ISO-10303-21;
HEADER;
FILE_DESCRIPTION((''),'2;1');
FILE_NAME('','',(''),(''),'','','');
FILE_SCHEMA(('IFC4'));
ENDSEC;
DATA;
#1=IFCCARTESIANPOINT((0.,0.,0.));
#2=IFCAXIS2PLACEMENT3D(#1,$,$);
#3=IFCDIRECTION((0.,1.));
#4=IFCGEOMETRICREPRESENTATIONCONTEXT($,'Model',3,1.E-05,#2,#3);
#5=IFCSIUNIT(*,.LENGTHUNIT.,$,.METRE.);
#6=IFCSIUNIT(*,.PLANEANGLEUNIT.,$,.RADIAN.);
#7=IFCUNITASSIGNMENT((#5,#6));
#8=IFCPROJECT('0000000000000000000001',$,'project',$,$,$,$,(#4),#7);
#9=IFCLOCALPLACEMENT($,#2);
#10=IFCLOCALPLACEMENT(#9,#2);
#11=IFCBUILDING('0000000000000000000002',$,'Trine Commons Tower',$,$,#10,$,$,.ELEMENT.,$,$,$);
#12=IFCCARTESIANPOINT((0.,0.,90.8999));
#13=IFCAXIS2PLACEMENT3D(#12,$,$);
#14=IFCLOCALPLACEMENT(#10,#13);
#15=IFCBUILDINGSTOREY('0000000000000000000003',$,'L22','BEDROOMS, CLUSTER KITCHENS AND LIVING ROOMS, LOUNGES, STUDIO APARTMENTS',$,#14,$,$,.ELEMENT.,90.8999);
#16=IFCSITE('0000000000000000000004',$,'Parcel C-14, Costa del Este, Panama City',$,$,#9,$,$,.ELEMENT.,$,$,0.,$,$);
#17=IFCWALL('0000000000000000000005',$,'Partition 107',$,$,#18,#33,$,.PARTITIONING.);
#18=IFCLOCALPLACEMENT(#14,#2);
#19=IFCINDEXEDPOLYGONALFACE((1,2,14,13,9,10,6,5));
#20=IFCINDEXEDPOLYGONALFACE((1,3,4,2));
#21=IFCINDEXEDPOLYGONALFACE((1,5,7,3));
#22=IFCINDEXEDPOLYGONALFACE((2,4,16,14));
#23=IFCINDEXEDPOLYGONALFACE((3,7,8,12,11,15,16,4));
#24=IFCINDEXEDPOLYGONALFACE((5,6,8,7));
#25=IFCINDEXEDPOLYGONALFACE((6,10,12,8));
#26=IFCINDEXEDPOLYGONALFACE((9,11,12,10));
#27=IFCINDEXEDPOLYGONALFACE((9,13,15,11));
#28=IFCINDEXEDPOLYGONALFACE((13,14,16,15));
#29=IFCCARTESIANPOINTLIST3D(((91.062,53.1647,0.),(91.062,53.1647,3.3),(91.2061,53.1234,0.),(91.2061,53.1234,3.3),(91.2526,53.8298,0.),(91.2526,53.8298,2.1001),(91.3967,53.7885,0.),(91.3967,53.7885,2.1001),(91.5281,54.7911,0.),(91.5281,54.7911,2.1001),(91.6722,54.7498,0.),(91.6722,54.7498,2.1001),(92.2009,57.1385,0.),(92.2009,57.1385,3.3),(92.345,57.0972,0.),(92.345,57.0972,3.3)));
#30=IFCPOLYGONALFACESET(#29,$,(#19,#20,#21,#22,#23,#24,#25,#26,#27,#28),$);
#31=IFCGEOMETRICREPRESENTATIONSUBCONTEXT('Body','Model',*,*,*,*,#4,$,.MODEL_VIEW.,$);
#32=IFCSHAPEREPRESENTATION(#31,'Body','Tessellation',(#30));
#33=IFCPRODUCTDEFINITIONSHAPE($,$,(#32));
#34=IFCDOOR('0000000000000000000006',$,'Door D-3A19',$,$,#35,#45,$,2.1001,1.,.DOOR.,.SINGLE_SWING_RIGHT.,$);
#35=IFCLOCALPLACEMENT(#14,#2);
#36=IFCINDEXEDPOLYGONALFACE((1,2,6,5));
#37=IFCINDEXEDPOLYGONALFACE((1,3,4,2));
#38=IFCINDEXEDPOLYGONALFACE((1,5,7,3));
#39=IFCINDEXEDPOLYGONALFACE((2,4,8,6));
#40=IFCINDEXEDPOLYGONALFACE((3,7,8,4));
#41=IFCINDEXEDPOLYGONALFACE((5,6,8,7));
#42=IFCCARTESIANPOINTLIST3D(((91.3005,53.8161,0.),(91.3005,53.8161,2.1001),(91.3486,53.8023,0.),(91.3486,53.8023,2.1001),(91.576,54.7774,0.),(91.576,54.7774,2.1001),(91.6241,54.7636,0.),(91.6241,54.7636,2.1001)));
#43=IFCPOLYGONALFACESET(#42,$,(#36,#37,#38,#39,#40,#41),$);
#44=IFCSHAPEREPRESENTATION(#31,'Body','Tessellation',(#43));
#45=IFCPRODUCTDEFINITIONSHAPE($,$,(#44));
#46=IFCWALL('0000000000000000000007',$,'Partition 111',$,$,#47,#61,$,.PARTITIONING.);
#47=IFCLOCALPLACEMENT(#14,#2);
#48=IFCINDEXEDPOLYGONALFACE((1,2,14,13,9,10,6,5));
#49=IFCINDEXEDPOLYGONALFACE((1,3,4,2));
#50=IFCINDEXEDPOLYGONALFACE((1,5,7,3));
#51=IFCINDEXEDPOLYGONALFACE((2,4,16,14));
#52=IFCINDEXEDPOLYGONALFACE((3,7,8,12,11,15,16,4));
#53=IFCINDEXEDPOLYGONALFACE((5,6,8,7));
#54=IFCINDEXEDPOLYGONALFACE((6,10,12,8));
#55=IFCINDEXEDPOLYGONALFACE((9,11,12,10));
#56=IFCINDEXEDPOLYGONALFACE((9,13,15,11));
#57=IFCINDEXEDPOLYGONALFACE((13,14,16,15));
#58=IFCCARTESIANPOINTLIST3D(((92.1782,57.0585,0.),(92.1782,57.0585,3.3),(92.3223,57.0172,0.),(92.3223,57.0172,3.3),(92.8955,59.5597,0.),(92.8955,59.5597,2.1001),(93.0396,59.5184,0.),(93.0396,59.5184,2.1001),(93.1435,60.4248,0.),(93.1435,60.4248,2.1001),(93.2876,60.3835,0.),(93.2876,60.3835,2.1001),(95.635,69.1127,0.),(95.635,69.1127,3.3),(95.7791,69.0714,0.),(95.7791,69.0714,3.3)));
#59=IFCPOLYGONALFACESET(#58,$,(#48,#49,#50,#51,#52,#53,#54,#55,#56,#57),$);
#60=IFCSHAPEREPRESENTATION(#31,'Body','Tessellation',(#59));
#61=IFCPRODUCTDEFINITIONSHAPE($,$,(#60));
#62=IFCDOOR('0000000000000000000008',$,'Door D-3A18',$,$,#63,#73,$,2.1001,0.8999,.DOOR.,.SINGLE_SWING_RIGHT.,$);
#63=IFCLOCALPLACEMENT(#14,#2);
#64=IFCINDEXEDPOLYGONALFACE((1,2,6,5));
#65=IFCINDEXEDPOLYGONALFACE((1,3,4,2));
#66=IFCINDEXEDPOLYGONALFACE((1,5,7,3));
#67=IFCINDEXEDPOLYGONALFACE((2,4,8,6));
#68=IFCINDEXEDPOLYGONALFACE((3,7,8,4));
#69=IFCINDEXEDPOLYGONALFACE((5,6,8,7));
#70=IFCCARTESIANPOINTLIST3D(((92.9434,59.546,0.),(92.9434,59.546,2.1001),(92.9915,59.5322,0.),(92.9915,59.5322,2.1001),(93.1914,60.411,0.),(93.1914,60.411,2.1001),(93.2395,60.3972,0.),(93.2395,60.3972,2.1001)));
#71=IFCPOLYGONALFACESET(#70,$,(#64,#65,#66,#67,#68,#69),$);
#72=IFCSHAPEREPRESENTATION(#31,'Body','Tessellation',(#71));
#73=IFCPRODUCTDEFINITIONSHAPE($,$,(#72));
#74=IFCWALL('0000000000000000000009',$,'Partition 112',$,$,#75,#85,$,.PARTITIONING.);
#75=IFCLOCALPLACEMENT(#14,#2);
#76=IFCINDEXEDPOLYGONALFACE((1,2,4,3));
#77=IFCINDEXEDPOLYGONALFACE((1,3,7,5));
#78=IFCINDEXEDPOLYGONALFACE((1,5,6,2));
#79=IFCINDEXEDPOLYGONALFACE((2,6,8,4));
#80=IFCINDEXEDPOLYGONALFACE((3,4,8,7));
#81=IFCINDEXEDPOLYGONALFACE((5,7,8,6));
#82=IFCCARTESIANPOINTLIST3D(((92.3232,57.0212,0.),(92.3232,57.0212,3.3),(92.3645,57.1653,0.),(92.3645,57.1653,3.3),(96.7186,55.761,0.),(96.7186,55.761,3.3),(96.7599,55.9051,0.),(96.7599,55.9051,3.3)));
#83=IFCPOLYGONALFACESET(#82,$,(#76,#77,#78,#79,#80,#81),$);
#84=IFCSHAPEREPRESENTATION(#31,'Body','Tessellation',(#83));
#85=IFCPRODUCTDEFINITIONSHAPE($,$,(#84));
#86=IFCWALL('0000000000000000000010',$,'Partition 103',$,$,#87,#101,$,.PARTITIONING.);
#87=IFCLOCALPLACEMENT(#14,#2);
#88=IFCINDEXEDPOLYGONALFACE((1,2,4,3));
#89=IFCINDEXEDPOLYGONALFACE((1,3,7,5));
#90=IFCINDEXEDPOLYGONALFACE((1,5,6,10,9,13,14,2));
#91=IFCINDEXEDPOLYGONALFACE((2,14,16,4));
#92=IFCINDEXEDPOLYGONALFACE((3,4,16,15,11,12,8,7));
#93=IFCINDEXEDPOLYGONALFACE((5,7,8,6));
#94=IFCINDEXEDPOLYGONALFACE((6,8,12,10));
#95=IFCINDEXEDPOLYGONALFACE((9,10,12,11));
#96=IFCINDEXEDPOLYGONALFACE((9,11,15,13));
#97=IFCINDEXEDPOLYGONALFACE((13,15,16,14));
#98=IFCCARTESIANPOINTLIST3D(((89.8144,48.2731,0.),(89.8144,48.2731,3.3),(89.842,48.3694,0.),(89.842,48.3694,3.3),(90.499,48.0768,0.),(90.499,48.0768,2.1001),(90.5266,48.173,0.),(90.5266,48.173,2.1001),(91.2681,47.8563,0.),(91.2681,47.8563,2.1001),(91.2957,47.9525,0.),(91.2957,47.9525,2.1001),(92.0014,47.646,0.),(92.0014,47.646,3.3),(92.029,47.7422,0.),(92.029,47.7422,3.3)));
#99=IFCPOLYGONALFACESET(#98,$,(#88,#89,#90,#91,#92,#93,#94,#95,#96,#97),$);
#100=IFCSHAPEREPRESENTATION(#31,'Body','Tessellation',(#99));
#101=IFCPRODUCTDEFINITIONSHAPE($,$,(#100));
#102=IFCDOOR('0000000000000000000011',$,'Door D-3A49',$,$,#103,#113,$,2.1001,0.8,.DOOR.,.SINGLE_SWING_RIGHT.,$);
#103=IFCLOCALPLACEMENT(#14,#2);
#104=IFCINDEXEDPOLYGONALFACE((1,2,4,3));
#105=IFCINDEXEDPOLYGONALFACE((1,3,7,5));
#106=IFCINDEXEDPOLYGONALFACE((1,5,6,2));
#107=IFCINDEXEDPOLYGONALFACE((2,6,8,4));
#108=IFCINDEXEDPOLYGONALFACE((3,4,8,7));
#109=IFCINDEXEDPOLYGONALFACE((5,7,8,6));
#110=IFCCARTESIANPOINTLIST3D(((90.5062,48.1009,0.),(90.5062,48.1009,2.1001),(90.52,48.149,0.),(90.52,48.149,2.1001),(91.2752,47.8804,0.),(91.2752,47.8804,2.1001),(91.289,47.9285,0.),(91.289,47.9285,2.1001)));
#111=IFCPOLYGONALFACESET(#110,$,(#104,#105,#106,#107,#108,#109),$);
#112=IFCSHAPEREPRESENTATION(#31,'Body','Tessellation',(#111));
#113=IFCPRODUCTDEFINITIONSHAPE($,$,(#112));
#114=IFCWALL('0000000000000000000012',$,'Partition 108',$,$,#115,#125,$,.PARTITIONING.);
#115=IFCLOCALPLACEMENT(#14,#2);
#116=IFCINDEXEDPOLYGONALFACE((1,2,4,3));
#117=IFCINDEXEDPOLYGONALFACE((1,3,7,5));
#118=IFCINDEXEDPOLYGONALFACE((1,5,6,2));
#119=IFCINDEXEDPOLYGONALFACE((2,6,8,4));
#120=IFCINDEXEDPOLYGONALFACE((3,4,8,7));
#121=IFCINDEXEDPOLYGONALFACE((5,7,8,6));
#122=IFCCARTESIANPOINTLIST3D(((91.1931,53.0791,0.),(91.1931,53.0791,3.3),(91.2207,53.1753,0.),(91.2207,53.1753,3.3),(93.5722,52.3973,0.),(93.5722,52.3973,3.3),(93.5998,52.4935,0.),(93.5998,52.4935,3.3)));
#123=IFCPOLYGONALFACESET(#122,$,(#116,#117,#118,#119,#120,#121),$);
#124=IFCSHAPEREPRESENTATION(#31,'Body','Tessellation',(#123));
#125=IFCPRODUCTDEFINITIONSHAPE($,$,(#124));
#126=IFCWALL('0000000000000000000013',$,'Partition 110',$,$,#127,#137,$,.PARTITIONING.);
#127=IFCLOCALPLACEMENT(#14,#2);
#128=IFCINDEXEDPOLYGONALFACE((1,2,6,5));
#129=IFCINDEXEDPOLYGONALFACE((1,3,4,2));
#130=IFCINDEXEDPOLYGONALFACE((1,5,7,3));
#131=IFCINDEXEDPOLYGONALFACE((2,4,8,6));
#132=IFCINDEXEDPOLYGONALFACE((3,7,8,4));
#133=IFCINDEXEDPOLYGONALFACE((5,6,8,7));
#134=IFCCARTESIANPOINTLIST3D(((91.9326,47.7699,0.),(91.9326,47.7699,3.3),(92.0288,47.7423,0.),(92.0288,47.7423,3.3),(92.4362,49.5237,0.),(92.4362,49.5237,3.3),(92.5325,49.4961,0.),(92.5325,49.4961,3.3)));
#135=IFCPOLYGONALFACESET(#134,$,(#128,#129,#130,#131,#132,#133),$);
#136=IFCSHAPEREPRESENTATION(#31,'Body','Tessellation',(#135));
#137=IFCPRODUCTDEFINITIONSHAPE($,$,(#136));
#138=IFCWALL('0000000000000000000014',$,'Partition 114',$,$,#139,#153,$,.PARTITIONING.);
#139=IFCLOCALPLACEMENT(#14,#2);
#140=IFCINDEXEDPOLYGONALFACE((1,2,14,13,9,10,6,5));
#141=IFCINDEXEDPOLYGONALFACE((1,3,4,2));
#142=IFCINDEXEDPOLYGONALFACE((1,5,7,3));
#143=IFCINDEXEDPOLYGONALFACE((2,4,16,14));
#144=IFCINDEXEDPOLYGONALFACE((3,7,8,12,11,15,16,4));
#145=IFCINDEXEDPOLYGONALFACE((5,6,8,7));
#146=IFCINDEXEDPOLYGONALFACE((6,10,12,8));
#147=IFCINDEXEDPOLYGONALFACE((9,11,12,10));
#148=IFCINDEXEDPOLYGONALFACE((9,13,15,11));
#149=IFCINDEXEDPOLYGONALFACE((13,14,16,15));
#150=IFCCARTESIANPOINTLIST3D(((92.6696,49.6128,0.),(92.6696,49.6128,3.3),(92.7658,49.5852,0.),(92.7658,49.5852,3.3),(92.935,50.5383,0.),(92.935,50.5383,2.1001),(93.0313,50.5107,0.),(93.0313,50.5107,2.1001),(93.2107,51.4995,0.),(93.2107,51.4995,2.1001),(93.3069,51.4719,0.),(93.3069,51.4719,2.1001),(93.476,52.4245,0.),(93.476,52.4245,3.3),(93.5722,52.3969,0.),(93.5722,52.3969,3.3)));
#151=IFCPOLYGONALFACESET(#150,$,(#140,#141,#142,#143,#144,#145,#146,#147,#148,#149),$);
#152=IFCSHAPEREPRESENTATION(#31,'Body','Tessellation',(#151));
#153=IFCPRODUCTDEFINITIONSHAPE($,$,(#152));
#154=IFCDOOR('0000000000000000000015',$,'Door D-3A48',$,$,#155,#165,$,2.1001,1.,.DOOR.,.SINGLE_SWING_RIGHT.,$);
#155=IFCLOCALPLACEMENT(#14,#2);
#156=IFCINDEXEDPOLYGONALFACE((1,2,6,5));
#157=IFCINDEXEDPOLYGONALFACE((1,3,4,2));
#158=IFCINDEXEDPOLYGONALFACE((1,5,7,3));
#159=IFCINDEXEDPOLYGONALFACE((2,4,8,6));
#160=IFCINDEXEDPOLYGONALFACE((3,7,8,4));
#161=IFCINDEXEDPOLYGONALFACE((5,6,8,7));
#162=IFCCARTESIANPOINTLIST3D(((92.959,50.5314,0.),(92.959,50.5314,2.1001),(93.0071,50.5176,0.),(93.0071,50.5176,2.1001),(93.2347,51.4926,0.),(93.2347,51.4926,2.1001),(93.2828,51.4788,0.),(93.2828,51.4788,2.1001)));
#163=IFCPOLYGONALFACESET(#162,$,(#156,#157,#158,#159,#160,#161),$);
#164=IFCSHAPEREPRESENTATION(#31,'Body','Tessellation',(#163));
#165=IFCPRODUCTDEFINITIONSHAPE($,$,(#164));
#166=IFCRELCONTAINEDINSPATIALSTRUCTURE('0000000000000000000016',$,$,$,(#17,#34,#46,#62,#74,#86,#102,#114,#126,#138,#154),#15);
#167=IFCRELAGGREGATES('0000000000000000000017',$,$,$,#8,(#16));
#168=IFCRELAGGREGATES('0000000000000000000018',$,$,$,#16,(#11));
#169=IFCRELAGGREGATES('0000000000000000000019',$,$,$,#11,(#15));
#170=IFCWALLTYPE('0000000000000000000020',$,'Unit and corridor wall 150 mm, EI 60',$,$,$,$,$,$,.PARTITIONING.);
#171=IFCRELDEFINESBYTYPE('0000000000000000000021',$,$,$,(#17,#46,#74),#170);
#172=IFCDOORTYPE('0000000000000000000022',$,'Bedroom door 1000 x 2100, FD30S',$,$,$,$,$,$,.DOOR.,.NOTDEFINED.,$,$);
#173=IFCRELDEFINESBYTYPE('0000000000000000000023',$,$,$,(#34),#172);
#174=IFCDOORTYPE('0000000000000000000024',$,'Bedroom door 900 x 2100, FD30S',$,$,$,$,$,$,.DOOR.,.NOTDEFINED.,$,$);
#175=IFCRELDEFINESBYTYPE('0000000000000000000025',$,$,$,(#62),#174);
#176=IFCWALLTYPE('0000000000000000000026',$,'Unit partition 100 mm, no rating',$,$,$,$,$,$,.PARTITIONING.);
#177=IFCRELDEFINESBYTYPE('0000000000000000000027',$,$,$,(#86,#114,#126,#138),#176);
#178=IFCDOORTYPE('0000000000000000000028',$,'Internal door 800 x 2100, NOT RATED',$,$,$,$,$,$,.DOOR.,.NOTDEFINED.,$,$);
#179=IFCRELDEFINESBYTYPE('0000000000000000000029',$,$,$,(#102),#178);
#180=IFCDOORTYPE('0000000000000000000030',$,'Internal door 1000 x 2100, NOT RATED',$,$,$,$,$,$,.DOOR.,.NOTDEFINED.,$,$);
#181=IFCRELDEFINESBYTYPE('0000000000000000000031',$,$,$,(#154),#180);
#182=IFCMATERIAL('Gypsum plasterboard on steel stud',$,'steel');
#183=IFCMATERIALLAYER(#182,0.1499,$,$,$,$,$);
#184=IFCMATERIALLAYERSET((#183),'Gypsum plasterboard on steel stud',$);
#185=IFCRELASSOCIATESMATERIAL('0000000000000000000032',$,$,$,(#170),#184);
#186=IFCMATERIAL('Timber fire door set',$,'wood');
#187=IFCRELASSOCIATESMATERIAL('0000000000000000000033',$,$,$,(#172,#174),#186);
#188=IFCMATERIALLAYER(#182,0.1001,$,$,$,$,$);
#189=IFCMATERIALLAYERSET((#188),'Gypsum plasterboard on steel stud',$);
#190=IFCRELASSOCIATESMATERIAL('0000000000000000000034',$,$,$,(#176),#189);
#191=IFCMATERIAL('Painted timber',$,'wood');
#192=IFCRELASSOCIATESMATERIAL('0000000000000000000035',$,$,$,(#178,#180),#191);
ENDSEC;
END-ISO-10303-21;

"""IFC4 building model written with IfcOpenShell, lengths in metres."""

from ifc_helpers import new_model, si_unit, direction, frame, frame_2d, origin, place, context, subcontext, project, spatial, rectangle, extrude, material, layer, layer_set, type_object, element, fill, save


model = new_model("IFC4")

# Units and contexts
model_context = context("Model", 3, precision=1e-05, world=origin(), true_north=direction((0.0, 1.0)))
body_context = subcontext(model_context, "Body", "Model", "MODEL_VIEW")
ifc_project = project(units=[si_unit("LENGTHUNIT", "METRE"), si_unit("PLANEANGLEUNIT", "RADIAN")], contexts=[model_context])

# Site, building, storey
site_placement = place(None, origin())
site = spatial("IfcSite", under=ifc_project, at=site_placement, Name="Parcel C-14, Costa del Este, Panama City", CompositionType="ELEMENT", RefElevation=0.0)
building_placement = place(site_placement, origin())
building = spatial("IfcBuilding", under=site, at=building_placement, Name="Trine Commons Tower", CompositionType="ELEMENT")
storey_placement = place(building_placement, frame((0.0, 0.0, 90.8999)))
storey = spatial("IfcBuildingStorey", under=building, at=storey_placement, Name="L22", Description="BEDROOMS, CLUSTER KITCHENS AND LIVING ROOMS, LOUNGES, STUDIO APARTMENTS", CompositionType="ELEMENT", Elevation=90.8999)

# Shared definitions
ifc_material_1 = material(Name="Gypsum plasterboard on steel stud", Category="steel")
ifc_layer_1 = layer(ifc_material_1, 0.1499)
ifc_layer_set_1 = layer_set([ifc_layer_1], Name="Gypsum plasterboard on steel stud")
wall_type_1 = type_object("IfcWallType", Name="Unit and corridor wall 150 mm, EI 60", PredefinedType="PARTITIONING", material=ifc_layer_set_1)

# Walls, openings, doors
wall_1_placement = place(storey_placement, frame((91.134, 53.144, 0.0), z_axis=(0.0, 0.0, 1.0), x_axis=(0.275509, 0.961299, 0.0)))
wall_1 = element("IfcWall", 1, at=wall_1_placement, inside=storey, type_object=wall_type_1, Name="Partition 107", PredefinedType="PARTITIONING", context=body_context, shape_type="SweptSolid", body=[
    extrude(rectangle(XDim=4.1338, YDim=0.1499, at=frame_2d((2.0669, 0.0))), origin(), (0.0, 0.0, 1.0), 3.3),
])
opening_1_placement = place(wall_1_placement, frame((0.6919, 0.0, 0.0)))
opening_1 = element("IfcOpeningElement", 2, at=opening_1_placement, cuts=wall_1, PredefinedType="OPENING", context=body_context, shape_type="SweptSolid", body=[
    extrude(rectangle(XDim=1.0, YDim=2.1001, at=frame_2d((0.5, 1.05))), frame((0.0, 0.085, 0.0), z_axis=(0.0, -1.0, 0.0), x_axis=(1.0, 0.0, 0.0)), (0.0, 0.0, 1.0), 0.1699),
])
ifc_material_2 = material(Name="Timber fire door set", Category="wood")
door_type_1 = type_object("IfcDoorType", Name="Bedroom door 1000 x 2100, FD30S", OperationType="NOTDEFINED", PredefinedType="DOOR", material=ifc_material_2)
door_1_placement = place(opening_1_placement, frame((1.0, 0.0, 0.0), z_axis=(0.0, 0.0, 1.0), x_axis=(-1.0, 0.0, 0.0)))
door_1 = element("IfcDoor", 3, at=door_1_placement, inside=storey, type_object=door_type_1, Name="Door D-3A19", OperationType="SINGLE_SWING_RIGHT", OverallHeight=2.1001, OverallWidth=1.0, PredefinedType="DOOR", context=body_context, shape_type="SweptSolid", body=[
    extrude(rectangle(XDim=1.0, YDim=2.1001, at=frame_2d((0.5, 1.05))), frame((0.0, 0.0249, 0.0), z_axis=(0.0, -1.0, 0.0), x_axis=(1.0, 0.0, 0.0)), (0.0, 0.0, 1.0), 0.05),
])
fill(opening_1, door_1)
wall_2_placement = place(storey_placement, frame((92.2502, 57.0378, 0.0), z_axis=(0.0, 0.0, 1.0), x_axis=(0.27566, 0.961255, 0.0)))
wall_2 = element("IfcWall", 4, at=wall_2_placement, inside=storey, type_object=wall_type_1, Name="Partition 111", PredefinedType="PARTITIONING", context=body_context, shape_type="SweptSolid", body=[
    extrude(rectangle(XDim=12.54, YDim=0.1499, at=frame_2d((6.27, 0.0))), origin(), (0.0, 0.0, 1.0), 3.3),
])
opening_2_placement = place(wall_2_placement, frame((2.6021, 0.0, 0.0)))
opening_2 = element("IfcOpeningElement", 5, at=opening_2_placement, cuts=wall_2, PredefinedType="OPENING", context=body_context, shape_type="SweptSolid", body=[
    extrude(rectangle(XDim=0.8999, YDim=2.1001, at=frame_2d((0.45, 1.05))), frame((0.0, 0.085, 0.0), z_axis=(0.0, -1.0, 0.0), x_axis=(1.0, 0.0, 0.0)), (0.0, 0.0, 1.0), 0.1699),
])
door_type_2 = type_object("IfcDoorType", Name="Bedroom door 900 x 2100, FD30S", OperationType="NOTDEFINED", PredefinedType="DOOR", material=ifc_material_2)
door_2_placement = place(opening_2_placement, frame((0.8999, 0.0, 0.0), z_axis=(0.0, 0.0, 1.0), x_axis=(-1.0, 0.0, 0.0)))
door_2 = element("IfcDoor", 6, at=door_2_placement, inside=storey, type_object=door_type_2, Name="Door D-3A18", OperationType="SINGLE_SWING_RIGHT", OverallHeight=2.1001, OverallWidth=0.8999, PredefinedType="DOOR", context=body_context, shape_type="SweptSolid", body=[
    extrude(rectangle(XDim=0.8999, YDim=2.1001, at=frame_2d((0.45, 1.05))), frame((0.0, 0.0249, 0.0), z_axis=(0.0, -1.0, 0.0), x_axis=(1.0, 0.0, 0.0)), (0.0, 0.0, 1.0), 0.05),
])
fill(opening_2, door_2)

# Wall
wall_3_placement = place(storey_placement, frame((92.344, 57.0933, 0.0), z_axis=(0.0, 0.0, 1.0), x_axis=(0.96127, -0.27561, 0.0)))
element("IfcWall", 7, at=wall_3_placement, inside=storey, type_object=wall_type_1, Name="Partition 112", PredefinedType="PARTITIONING", context=body_context, shape_type="SweptSolid", body=[
    extrude(rectangle(XDim=4.5725, YDim=0.1499, at=frame_2d((2.2861, 0.0))), origin(), (0.0, 0.0, 1.0), 3.3),
])

# Wall, opening, door
ifc_layer_2 = layer(ifc_material_1, 0.1001)
ifc_layer_set_2 = layer_set([ifc_layer_2], Name="Gypsum plasterboard on steel stud")
wall_type_2 = type_object("IfcWallType", Name="Unit partition 100 mm, no rating", PredefinedType="PARTITIONING", material=ifc_layer_set_2)
wall_4_placement = place(storey_placement, frame((89.8281, 48.3213, 0.0), z_axis=(0.0, 0.0, 1.0), x_axis=(0.961252, -0.275671, 0.0)))
wall_4 = element("IfcWall", 8, at=wall_4_placement, inside=storey, type_object=wall_type_2, Name="Partition 103", PredefinedType="PARTITIONING", context=body_context, shape_type="SweptSolid", body=[
    extrude(rectangle(XDim=2.2751, YDim=0.1001, at=frame_2d((1.1377, 0.0))), origin(), (0.0, 0.0, 1.0), 3.3),
])
opening_3_placement = place(wall_4_placement, frame((0.7124, 0.0, 0.0)))
opening_3 = element("IfcOpeningElement", 9, at=opening_3_placement, cuts=wall_4, PredefinedType="OPENING", context=body_context, shape_type="SweptSolid", body=[
    extrude(rectangle(XDim=0.8, YDim=2.1001, at=frame_2d((0.3999, 1.05))), frame((0.0, 0.0601, 0.0), z_axis=(0.0, -1.0, 0.0), x_axis=(1.0, 0.0, 0.0)), (0.0, 0.0, 1.0), 0.1201),
])
ifc_material_3 = material(Name="Painted timber", Category="wood")
door_type_3 = type_object("IfcDoorType", Name="Internal door 800 x 2100, NOT RATED", OperationType="NOTDEFINED", PredefinedType="DOOR", material=ifc_material_3)
door_3_placement = place(opening_3_placement, frame((0.8, 0.0, 0.0), z_axis=(0.0, 0.0, 1.0), x_axis=(-1.0, 0.0, 0.0)))
door_3 = element("IfcDoor", 10, at=door_3_placement, inside=storey, type_object=door_type_3, Name="Door D-3A49", OperationType="SINGLE_SWING_RIGHT", OverallHeight=2.1001, OverallWidth=0.8, PredefinedType="DOOR", context=body_context, shape_type="SweptSolid", body=[
    extrude(rectangle(XDim=0.8, YDim=2.1001, at=frame_2d((0.3999, 1.05))), frame((0.0, 0.0249, 0.0), z_axis=(0.0, -1.0, 0.0), x_axis=(1.0, 0.0, 0.0)), (0.0, 0.0, 1.0), 0.05),
])
fill(opening_3, door_3)

# Walls
wall_5_placement = place(storey_placement, frame((91.207, 53.1272, 0.0), z_axis=(0.0, 0.0, 1.0), x_axis=(0.961297, -0.275516, 0.0)))
element("IfcWall", 11, at=wall_5_placement, inside=storey, type_object=wall_type_2, Name="Partition 108", PredefinedType="PARTITIONING", context=body_context, shape_type="SweptSolid", body=[
    extrude(rectangle(XDim=2.4749, YDim=0.1001, at=frame_2d((1.2373, 0.0))), origin(), (0.0, 0.0, 1.0), 3.3),
])
wall_6_placement = place(storey_placement, frame((91.9807, 47.7561, 0.0), z_axis=(0.0, 0.0, 1.0), x_axis=(0.276011, 0.961155, 0.0)))
element("IfcWall", 12, at=wall_6_placement, inside=storey, type_object=wall_type_2, Name="Partition 110", PredefinedType="PARTITIONING", context=body_context, shape_type="SweptSolid", body=[
    extrude(rectangle(XDim=1.8247, YDim=0.1001, at=frame_2d((0.9124, 0.0))), origin(), (0.0, 0.0, 1.0), 3.3),
])

# Wall, opening, door
wall_7_placement = place(storey_placement, frame((92.7178, 49.5991, 0.0), z_axis=(0.0, 0.0, 1.0), x_axis=(0.27568, 0.961249, 0.0)))
wall_7 = element("IfcWall", 13, at=wall_7_placement, inside=storey, type_object=wall_type_2, Name="Partition 114", PredefinedType="PARTITIONING", context=body_context, shape_type="SweptSolid", body=[
    extrude(rectangle(XDim=2.925, YDim=0.1001, at=frame_2d((1.4624, 0.0))), origin(), (0.0, 0.0, 1.0), 3.3),
])
opening_4_placement = place(wall_7_placement, frame((0.9626, 0.0, 0.0)))
opening_4 = element("IfcOpeningElement", 14, at=opening_4_placement, cuts=wall_7, PredefinedType="OPENING", context=body_context, shape_type="SweptSolid", body=[
    extrude(rectangle(XDim=1.0, YDim=2.1001, at=frame_2d((0.5, 1.05))), frame((0.0, 0.0601, 0.0), z_axis=(0.0, -1.0, 0.0), x_axis=(1.0, 0.0, 0.0)), (0.0, 0.0, 1.0), 0.1201),
])
door_type_4 = type_object("IfcDoorType", Name="Internal door 1000 x 2100, NOT RATED", OperationType="NOTDEFINED", PredefinedType="DOOR", material=ifc_material_3)
door_4_placement = place(opening_4_placement, frame((1.0, 0.0, 0.0), z_axis=(0.0, 0.0, 1.0), x_axis=(-1.0, 0.0, 0.0)))
door_4 = element("IfcDoor", 15, at=door_4_placement, inside=storey, type_object=door_type_4, Name="Door D-3A48", OperationType="SINGLE_SWING_RIGHT", OverallHeight=2.1001, OverallWidth=1.0, PredefinedType="DOOR", context=body_context, shape_type="SweptSolid", body=[
    extrude(rectangle(XDim=1.0, YDim=2.1001, at=frame_2d((0.5, 1.05))), frame((0.0, 0.0249, 0.0), z_axis=(0.0, -1.0, 0.0), x_axis=(1.0, 0.0, 0.0)), (0.0, 0.0, 1.0), 0.05),
])
fill(opening_4, door_4)

save(model, "model.ifc")
